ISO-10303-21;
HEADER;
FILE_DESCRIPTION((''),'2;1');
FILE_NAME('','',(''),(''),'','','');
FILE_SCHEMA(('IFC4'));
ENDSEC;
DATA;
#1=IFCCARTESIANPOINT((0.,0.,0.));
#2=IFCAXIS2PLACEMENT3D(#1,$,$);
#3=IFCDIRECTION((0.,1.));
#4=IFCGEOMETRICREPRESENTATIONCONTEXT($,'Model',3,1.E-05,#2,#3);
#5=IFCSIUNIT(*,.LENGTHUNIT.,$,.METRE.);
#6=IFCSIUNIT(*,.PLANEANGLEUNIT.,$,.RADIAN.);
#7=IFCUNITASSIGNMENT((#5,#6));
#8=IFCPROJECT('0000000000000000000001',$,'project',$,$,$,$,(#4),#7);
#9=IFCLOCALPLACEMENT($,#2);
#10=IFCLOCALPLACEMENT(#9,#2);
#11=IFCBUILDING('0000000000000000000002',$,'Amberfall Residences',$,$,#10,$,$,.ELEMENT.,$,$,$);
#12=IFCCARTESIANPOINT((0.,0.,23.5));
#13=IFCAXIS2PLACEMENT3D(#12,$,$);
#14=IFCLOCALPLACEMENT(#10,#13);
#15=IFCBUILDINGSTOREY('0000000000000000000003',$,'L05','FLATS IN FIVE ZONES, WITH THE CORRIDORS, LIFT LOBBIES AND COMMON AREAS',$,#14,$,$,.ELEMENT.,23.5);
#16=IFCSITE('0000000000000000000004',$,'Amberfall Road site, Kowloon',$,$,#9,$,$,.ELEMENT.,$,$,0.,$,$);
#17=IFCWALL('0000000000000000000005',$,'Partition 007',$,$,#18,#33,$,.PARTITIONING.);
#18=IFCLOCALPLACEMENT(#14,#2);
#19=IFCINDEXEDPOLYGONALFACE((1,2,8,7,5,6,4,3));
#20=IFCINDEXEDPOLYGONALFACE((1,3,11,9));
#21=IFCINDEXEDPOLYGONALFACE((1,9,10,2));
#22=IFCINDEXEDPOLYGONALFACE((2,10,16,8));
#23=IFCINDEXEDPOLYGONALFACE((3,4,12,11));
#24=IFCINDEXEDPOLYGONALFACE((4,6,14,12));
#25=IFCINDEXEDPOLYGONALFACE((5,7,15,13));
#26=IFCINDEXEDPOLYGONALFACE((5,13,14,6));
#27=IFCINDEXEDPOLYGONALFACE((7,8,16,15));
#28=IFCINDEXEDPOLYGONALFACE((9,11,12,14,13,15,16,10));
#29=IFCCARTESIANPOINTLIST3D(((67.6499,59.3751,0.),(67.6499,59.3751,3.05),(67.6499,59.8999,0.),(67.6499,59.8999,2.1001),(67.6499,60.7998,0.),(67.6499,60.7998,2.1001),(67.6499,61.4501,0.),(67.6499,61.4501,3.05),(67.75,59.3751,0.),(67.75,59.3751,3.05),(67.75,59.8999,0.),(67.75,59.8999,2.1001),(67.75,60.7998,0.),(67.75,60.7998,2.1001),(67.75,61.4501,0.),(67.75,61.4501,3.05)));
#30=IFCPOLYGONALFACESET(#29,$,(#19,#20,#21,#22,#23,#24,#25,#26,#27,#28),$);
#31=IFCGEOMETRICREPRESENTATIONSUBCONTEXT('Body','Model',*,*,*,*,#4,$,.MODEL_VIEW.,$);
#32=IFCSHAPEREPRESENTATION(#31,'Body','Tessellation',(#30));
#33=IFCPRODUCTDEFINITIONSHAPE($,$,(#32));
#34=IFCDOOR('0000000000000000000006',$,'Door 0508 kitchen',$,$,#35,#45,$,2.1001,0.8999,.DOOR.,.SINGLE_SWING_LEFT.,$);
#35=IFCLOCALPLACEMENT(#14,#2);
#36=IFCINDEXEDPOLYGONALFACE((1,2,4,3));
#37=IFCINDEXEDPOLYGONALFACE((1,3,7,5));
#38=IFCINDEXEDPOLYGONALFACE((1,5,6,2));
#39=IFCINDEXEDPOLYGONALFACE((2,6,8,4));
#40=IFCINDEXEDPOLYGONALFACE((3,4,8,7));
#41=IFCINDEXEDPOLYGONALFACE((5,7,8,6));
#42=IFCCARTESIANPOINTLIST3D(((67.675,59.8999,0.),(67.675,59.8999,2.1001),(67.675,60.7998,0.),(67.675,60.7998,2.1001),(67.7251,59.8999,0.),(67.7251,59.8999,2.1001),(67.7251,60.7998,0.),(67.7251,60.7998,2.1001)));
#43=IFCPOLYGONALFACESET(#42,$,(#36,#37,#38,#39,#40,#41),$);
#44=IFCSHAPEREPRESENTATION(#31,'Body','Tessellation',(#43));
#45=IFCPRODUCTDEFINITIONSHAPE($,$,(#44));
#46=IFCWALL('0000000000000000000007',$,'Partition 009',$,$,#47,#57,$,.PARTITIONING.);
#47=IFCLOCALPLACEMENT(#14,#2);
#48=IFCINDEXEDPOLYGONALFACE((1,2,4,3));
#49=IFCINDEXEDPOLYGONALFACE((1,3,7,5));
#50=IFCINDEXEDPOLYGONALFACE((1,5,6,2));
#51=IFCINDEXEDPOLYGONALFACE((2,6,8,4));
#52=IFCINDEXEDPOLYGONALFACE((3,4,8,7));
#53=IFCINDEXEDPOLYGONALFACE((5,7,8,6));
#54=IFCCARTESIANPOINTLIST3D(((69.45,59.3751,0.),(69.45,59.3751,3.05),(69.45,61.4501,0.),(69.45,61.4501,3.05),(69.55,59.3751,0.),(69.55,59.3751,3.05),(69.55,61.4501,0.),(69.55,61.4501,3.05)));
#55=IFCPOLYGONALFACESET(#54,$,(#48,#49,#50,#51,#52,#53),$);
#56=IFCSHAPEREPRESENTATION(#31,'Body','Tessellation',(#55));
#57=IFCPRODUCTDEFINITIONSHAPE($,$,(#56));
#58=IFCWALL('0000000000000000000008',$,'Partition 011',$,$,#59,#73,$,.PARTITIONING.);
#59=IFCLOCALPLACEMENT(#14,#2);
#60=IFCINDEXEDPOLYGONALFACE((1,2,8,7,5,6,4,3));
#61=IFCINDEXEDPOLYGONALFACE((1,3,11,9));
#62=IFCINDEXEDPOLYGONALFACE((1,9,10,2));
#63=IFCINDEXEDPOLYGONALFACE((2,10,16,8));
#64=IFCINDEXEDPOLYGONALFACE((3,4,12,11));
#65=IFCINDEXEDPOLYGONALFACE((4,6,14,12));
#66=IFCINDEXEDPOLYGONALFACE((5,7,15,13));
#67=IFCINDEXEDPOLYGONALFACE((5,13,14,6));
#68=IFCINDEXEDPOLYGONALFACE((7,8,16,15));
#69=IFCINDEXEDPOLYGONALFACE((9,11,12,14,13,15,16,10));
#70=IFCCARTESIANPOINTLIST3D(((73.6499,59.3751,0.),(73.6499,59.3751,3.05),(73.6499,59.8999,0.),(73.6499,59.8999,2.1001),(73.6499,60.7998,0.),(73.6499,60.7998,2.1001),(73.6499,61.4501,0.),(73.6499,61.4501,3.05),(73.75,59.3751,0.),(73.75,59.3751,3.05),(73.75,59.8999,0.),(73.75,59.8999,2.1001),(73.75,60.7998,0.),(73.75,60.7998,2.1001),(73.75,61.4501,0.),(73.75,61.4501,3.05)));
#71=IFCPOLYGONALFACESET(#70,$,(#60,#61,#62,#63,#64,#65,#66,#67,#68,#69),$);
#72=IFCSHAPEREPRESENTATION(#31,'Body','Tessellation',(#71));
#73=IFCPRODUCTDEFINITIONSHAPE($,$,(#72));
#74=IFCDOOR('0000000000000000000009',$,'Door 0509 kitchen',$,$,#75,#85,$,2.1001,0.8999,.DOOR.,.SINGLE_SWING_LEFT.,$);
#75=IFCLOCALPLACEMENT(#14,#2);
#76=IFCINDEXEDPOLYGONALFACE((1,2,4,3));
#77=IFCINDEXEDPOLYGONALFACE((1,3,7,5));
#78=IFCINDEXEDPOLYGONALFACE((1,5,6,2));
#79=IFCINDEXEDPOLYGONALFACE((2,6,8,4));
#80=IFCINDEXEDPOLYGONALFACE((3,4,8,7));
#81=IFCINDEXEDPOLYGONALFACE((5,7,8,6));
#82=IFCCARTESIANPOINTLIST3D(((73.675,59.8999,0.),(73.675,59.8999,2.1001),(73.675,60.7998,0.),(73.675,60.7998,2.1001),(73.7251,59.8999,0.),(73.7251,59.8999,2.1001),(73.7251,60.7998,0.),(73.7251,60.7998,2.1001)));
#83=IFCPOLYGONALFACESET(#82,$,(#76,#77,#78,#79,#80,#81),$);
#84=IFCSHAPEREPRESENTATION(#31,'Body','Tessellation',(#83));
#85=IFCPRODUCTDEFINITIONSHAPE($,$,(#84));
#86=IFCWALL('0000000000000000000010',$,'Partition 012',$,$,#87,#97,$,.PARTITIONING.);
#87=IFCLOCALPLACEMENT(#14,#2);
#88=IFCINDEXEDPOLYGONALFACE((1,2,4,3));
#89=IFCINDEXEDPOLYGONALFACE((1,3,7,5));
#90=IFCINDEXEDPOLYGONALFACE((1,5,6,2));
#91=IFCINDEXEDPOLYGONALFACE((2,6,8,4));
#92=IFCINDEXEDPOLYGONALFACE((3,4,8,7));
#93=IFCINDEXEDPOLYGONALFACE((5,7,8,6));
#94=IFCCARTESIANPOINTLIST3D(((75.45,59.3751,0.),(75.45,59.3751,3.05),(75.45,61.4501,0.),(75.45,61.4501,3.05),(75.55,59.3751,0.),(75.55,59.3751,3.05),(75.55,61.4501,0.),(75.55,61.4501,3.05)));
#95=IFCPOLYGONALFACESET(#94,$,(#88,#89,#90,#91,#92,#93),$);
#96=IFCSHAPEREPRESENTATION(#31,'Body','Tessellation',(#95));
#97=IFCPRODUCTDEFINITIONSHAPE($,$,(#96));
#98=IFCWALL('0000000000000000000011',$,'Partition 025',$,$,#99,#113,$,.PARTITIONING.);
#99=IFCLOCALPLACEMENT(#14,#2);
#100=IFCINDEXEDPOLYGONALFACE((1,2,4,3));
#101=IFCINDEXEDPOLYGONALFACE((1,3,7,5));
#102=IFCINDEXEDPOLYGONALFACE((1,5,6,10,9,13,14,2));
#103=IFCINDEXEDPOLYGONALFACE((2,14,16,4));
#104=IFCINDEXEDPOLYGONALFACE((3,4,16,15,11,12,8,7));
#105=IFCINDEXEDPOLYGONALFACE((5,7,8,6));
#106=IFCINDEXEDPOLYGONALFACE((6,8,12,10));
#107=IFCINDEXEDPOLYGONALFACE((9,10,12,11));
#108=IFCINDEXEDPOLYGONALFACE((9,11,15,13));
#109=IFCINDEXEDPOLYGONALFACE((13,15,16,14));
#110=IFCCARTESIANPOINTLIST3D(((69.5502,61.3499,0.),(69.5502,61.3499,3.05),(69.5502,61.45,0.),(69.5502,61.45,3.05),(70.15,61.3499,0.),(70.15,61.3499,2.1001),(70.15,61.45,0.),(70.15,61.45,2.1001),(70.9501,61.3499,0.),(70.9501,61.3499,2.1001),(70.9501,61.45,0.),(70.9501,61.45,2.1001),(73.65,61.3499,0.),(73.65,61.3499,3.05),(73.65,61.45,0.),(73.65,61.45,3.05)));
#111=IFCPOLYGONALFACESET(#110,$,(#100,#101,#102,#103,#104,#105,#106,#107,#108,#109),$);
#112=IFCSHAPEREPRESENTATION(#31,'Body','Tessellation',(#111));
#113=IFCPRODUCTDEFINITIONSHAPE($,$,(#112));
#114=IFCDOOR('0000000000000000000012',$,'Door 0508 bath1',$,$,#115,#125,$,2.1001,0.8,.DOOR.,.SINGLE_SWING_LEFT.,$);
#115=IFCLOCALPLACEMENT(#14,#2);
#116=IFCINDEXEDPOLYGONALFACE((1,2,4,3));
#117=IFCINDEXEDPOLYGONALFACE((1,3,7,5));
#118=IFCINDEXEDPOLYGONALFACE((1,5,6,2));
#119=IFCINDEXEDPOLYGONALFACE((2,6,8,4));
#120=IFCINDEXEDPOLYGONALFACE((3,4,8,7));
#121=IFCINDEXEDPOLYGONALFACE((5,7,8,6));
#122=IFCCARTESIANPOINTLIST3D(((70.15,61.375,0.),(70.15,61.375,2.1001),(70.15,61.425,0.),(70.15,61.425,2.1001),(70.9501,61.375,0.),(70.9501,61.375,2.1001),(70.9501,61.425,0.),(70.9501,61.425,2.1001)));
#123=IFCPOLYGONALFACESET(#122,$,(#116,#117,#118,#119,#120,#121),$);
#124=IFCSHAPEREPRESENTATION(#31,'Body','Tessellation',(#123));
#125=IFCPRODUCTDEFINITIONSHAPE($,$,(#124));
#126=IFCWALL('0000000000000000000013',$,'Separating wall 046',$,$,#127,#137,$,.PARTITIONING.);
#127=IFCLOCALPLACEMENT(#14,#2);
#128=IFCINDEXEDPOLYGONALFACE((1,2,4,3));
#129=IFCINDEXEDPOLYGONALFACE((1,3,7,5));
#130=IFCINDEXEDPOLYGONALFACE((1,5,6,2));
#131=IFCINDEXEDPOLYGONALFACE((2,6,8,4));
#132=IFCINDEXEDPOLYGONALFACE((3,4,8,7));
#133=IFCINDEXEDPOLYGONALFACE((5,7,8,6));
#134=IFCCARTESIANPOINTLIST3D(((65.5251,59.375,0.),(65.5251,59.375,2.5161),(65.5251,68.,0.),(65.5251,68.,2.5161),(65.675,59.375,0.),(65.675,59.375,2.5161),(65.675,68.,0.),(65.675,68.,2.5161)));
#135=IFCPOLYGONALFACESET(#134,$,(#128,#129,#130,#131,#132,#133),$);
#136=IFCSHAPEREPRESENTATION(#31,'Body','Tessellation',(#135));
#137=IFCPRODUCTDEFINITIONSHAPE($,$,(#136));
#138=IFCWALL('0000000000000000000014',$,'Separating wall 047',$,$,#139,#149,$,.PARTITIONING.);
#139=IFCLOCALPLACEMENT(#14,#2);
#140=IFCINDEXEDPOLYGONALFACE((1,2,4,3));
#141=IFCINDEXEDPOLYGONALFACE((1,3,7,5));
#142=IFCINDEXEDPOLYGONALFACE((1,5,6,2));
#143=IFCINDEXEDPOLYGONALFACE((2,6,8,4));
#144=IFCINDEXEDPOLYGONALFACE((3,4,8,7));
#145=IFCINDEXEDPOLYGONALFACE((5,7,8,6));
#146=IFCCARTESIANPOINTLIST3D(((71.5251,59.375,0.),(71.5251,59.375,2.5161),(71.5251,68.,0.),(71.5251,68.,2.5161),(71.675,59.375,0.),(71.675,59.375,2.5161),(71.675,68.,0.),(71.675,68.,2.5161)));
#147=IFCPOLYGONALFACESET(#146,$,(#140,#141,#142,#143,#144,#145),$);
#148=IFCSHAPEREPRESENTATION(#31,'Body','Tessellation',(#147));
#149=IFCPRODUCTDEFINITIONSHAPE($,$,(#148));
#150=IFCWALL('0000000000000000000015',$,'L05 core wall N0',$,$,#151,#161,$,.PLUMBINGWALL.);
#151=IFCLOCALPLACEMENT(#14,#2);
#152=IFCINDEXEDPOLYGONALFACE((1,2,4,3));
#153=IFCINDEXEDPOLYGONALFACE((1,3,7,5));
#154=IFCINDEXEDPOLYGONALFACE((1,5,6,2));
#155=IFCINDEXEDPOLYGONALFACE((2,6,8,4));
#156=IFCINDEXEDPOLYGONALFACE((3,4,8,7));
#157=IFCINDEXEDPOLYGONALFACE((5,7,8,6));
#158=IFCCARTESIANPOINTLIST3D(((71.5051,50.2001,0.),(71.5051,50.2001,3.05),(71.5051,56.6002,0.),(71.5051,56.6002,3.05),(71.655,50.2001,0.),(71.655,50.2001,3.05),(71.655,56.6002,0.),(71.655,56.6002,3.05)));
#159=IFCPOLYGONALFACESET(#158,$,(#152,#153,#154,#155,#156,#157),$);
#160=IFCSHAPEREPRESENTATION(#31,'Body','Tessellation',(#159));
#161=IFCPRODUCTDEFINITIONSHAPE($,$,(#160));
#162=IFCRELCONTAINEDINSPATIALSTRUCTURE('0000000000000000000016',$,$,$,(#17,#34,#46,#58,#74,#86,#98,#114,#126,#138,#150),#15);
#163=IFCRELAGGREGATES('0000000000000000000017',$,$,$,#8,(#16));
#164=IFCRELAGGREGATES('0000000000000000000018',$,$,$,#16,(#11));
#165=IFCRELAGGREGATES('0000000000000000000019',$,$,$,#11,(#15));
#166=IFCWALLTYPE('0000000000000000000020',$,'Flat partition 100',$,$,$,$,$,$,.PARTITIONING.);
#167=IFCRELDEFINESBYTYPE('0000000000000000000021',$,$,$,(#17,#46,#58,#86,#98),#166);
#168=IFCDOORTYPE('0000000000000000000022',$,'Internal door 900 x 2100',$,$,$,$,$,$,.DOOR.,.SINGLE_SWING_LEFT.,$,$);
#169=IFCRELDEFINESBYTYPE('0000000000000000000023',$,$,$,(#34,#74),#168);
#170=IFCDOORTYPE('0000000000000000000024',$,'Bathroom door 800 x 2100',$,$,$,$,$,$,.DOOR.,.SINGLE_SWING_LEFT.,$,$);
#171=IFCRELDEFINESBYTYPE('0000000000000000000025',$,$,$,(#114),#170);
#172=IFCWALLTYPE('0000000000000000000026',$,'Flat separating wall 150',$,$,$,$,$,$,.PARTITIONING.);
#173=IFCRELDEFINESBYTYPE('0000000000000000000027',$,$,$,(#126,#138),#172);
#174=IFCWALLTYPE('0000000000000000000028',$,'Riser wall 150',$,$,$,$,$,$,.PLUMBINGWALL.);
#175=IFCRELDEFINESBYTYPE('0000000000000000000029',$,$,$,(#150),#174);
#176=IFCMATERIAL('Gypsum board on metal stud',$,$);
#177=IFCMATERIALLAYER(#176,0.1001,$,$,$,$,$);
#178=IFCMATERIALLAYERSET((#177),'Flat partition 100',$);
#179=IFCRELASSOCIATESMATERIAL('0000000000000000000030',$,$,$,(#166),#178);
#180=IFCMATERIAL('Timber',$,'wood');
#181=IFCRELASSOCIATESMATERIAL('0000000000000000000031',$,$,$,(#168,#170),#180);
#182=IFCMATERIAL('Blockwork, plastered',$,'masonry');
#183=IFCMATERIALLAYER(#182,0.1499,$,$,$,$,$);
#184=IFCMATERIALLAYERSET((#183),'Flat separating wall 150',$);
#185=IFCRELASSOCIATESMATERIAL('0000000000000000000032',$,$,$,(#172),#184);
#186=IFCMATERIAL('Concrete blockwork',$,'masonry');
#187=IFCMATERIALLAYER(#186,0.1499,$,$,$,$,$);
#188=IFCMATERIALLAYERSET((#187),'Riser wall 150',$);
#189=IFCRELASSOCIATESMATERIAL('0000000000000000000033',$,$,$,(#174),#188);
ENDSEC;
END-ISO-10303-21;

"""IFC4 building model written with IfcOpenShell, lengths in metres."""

from ifc_helpers import new_model, si_unit, direction, frame, frame_2d, origin, place, context, subcontext, project, spatial, rectangle, extrude, material, layer, layer_set, type_object, element, fill, save


model = new_model("IFC4")

# Units and contexts
model_context = context("Model", 3, precision=1e-05, world=origin(), true_north=direction((0.0, 1.0)))
body_context = subcontext(model_context, "Body", "Model", "MODEL_VIEW")
ifc_project = project(units=[si_unit("LENGTHUNIT", "METRE"), si_unit("PLANEANGLEUNIT", "RADIAN")], contexts=[model_context])

# Site, building, storey
site_placement = place(None, origin())
site = spatial("IfcSite", under=ifc_project, at=site_placement, Name="Amberfall Road site, Kowloon", CompositionType="ELEMENT", RefElevation=0.0)
building_placement = place(site_placement, origin())
building = spatial("IfcBuilding", under=site, at=building_placement, Name="Amberfall Residences", CompositionType="ELEMENT")
storey_placement = place(building_placement, frame((0.0, 0.0, 23.5)))
storey = spatial("IfcBuildingStorey", under=building, at=storey_placement, Name="L05", Description="FLATS IN FIVE ZONES, WITH THE CORRIDORS, LIFT LOBBIES AND COMMON AREAS", CompositionType="ELEMENT", Elevation=23.5)

# Wall, opening, door
ifc_material_1 = material(Name="Gypsum board on metal stud")
ifc_layer_1 = layer(ifc_material_1, 0.1001)
ifc_layer_set_1 = layer_set([ifc_layer_1], Name="Flat partition 100")
wall_type_1 = type_object("IfcWallType", Name="Flat partition 100", PredefinedType="PARTITIONING", material=ifc_layer_set_1)
wall_1_placement = place(storey_placement, frame((67.7, 59.375, 0.0), z_axis=(0.0, 0.0, 1.0), x_axis=(0.0, 1.0, 0.0)))
wall_1 = element("IfcWall", 1, at=wall_1_placement, inside=storey, type_object=wall_type_1, Name="Partition 007", PredefinedType="PARTITIONING", context=body_context, shape_type="SweptSolid", body=[
    extrude(rectangle(XDim=2.075, YDim=0.1001, at=frame_2d((1.0376, 0.0))), origin(), (0.0, 0.0, 1.0), 3.05),
])
opening_1_placement = place(wall_1_placement, frame((0.5249, 0.0, 0.0)))
opening_1 = element("IfcOpeningElement", 2, at=opening_1_placement, cuts=wall_1, PredefinedType="OPENING", context=body_context, shape_type="SweptSolid", body=[
    extrude(rectangle(XDim=0.8999, YDim=2.1001, at=frame_2d((0.45, 1.05))), frame((0.0, 0.0601, 0.0), z_axis=(0.0, -1.0, 0.0), x_axis=(1.0, 0.0, 0.0)), (0.0, 0.0, 1.0), 0.1201),
])
ifc_material_2 = material(Name="Timber", Category="wood")
door_type_1 = type_object("IfcDoorType", Name="Internal door 900 x 2100", OperationType="SINGLE_SWING_LEFT", PredefinedType="DOOR", material=ifc_material_2)
door_1_placement = place(opening_1_placement, origin())
door_1 = element("IfcDoor", 3, at=door_1_placement, inside=storey, type_object=door_type_1, Name="Door 0508 kitchen", OperationType="SINGLE_SWING_LEFT", OverallHeight=2.1001, OverallWidth=0.8999, PredefinedType="DOOR", context=body_context, shape_type="SweptSolid", body=[
    extrude(rectangle(XDim=0.8999, YDim=2.1001, at=frame_2d((0.45, 1.05))), frame((0.0, 0.0249, 0.0), z_axis=(0.0, -1.0, 0.0), x_axis=(1.0, 0.0, 0.0)), (0.0, 0.0, 1.0), 0.05),
])
fill(opening_1, door_1)

# Wall
wall_2_placement = place(storey_placement, frame((69.5, 59.375, 0.0), z_axis=(0.0, 0.0, 1.0), x_axis=(0.0, 1.0, 0.0)))
element("IfcWall", 4, at=wall_2_placement, inside=storey, type_object=wall_type_1, Name="Partition 009", PredefinedType="PARTITIONING", context=body_context, shape_type="SweptSolid", body=[
    extrude(rectangle(XDim=2.075, YDim=0.1001, at=frame_2d((1.0376, 0.0))), origin(), (0.0, 0.0, 1.0), 3.05),
])

# Wall, opening, door
wall_3_placement = place(storey_placement, frame((73.7, 59.375, 0.0), z_axis=(0.0, 0.0, 1.0), x_axis=(0.0, 1.0, 0.0)))
wall_3 = element("IfcWall", 5, at=wall_3_placement, inside=storey, type_object=wall_type_1, Name="Partition 011", PredefinedType="PARTITIONING", context=body_context, shape_type="SweptSolid", body=[
    extrude(rectangle(XDim=2.075, YDim=0.1001, at=frame_2d((1.0376, 0.0))), origin(), (0.0, 0.0, 1.0), 3.05),
])
opening_2_placement = place(wall_3_placement, frame((0.5249, 0.0, 0.0)))
opening_2 = element("IfcOpeningElement", 6, at=opening_2_placement, cuts=wall_3, PredefinedType="OPENING", context=body_context, shape_type="SweptSolid", body=[
    extrude(rectangle(XDim=0.8999, YDim=2.1001, at=frame_2d((0.45, 1.05))), frame((0.0, 0.0601, 0.0), z_axis=(0.0, -1.0, 0.0), x_axis=(1.0, 0.0, 0.0)), (0.0, 0.0, 1.0), 0.1201),
])
door_2_placement = place(opening_2_placement, origin())
door_2 = element("IfcDoor", 7, at=door_2_placement, inside=storey, type_object=door_type_1, Name="Door 0509 kitchen", OperationType="SINGLE_SWING_LEFT", OverallHeight=2.1001, OverallWidth=0.8999, PredefinedType="DOOR", context=body_context, shape_type="SweptSolid", body=[
    extrude(rectangle(XDim=0.8999, YDim=2.1001, at=frame_2d((0.45, 1.05))), frame((0.0, 0.0249, 0.0), z_axis=(0.0, -1.0, 0.0), x_axis=(1.0, 0.0, 0.0)), (0.0, 0.0, 1.0), 0.05),
])
fill(opening_2, door_2)

# Wall
wall_4_placement = place(storey_placement, frame((75.5, 59.375, 0.0), z_axis=(0.0, 0.0, 1.0), x_axis=(0.0, 1.0, 0.0)))
element("IfcWall", 8, at=wall_4_placement, inside=storey, type_object=wall_type_1, Name="Partition 012", PredefinedType="PARTITIONING", context=body_context, shape_type="SweptSolid", body=[
    extrude(rectangle(XDim=2.075, YDim=0.1001, at=frame_2d((1.0376, 0.0))), origin(), (0.0, 0.0, 1.0), 3.05),
])

# Wall, opening, door
wall_5_placement = place(storey_placement, frame((73.6499, 61.3999, 0.0), z_axis=(0.0, 0.0, 1.0), x_axis=(-1.0, 0.0, 0.0)))
wall_5 = element("IfcWall", 9, at=wall_5_placement, inside=storey, type_object=wall_type_1, Name="Partition 025", PredefinedType="PARTITIONING", context=body_context, shape_type="SweptSolid", body=[
    extrude(rectangle(XDim=4.0999, YDim=0.1001, at=frame_2d((2.0498, 0.0))), origin(), (0.0, 0.0, 1.0), 3.05),
])
opening_3_placement = place(wall_5_placement, frame((2.7, 0.0, 0.0)))
opening_3 = element("IfcOpeningElement", 10, at=opening_3_placement, cuts=wall_5, PredefinedType="OPENING", context=body_context, shape_type="SweptSolid", body=[
    extrude(rectangle(XDim=0.8, YDim=2.1001, at=frame_2d((0.3999, 1.05))), frame((0.0, 0.0601, 0.0), z_axis=(0.0, -1.0, 0.0), x_axis=(1.0, 0.0, 0.0)), (0.0, 0.0, 1.0), 0.1201),
])
door_type_2 = type_object("IfcDoorType", Name="Bathroom door 800 x 2100", OperationType="SINGLE_SWING_LEFT", PredefinedType="DOOR", material=ifc_material_2)
door_3_placement = place(opening_3_placement, origin())
door_3 = element("IfcDoor", 11, at=door_3_placement, inside=storey, type_object=door_type_2, Name="Door 0508 bath1", OperationType="SINGLE_SWING_LEFT", OverallHeight=2.1001, OverallWidth=0.8, PredefinedType="DOOR", context=body_context, shape_type="SweptSolid", body=[
    extrude(rectangle(XDim=0.8, YDim=2.1001, at=frame_2d((0.3999, 1.05))), frame((0.0, 0.0249, 0.0), z_axis=(0.0, -1.0, 0.0), x_axis=(1.0, 0.0, 0.0)), (0.0, 0.0, 1.0), 0.05),
])
fill(opening_3, door_3)

# Walls
ifc_material_3 = material(Name="Blockwork, plastered", Category="masonry")
ifc_layer_2 = layer(ifc_material_3, 0.1499)
ifc_layer_set_2 = layer_set([ifc_layer_2], Name="Flat separating wall 150")
wall_type_2 = type_object("IfcWallType", Name="Flat separating wall 150", PredefinedType="PARTITIONING", material=ifc_layer_set_2)
for number, where, z_axis, x_axis, name in (
    (12, (65.6001, 59.375, 0.0), (0.0, 0.0, 1.0), (0.0, 1.0, 0.0), "Separating wall 046"),
    (13, (71.6001, 59.375, 0.0), (0.0, 0.0, 1.0), (0.0, 1.0, 0.0), "Separating wall 047"),
):
    element("IfcWall", number, at=place(storey_placement, frame(where, z_axis=z_axis, x_axis=x_axis)), inside=storey, type_object=wall_type_2, Name=name, PredefinedType="PARTITIONING", context=body_context, shape_type="SweptSolid", body=[
        extrude(rectangle(XDim=8.625, YDim=0.1499, at=frame_2d((4.3125, 0.0))), origin(), (0.0, 0.0, 1.0), 2.5161),
    ])
ifc_material_4 = material(Name="Concrete blockwork", Category="masonry")
ifc_layer_3 = layer(ifc_material_4, 0.1499)
ifc_layer_set_3 = layer_set([ifc_layer_3], Name="Riser wall 150")
wall_type_3 = type_object("IfcWallType", Name="Riser wall 150", PredefinedType="PLUMBINGWALL", material=ifc_layer_set_3)
wall_6_placement = place(storey_placement, frame((71.5801, 50.2, 0.0), z_axis=(0.0, 0.0, 1.0), x_axis=(0.0, 1.0, 0.0)))
element("IfcWall", 14, at=wall_6_placement, inside=storey, type_object=wall_type_3, Name="L05 core wall N0", PredefinedType="PLUMBINGWALL", context=body_context, shape_type="SweptSolid", body=[
    extrude(rectangle(XDim=6.4001, YDim=0.1499, at=frame_2d((3.2002, 0.0))), origin(), (0.0, 0.0, 1.0), 3.05),
])

save(model, "model.ifc")
